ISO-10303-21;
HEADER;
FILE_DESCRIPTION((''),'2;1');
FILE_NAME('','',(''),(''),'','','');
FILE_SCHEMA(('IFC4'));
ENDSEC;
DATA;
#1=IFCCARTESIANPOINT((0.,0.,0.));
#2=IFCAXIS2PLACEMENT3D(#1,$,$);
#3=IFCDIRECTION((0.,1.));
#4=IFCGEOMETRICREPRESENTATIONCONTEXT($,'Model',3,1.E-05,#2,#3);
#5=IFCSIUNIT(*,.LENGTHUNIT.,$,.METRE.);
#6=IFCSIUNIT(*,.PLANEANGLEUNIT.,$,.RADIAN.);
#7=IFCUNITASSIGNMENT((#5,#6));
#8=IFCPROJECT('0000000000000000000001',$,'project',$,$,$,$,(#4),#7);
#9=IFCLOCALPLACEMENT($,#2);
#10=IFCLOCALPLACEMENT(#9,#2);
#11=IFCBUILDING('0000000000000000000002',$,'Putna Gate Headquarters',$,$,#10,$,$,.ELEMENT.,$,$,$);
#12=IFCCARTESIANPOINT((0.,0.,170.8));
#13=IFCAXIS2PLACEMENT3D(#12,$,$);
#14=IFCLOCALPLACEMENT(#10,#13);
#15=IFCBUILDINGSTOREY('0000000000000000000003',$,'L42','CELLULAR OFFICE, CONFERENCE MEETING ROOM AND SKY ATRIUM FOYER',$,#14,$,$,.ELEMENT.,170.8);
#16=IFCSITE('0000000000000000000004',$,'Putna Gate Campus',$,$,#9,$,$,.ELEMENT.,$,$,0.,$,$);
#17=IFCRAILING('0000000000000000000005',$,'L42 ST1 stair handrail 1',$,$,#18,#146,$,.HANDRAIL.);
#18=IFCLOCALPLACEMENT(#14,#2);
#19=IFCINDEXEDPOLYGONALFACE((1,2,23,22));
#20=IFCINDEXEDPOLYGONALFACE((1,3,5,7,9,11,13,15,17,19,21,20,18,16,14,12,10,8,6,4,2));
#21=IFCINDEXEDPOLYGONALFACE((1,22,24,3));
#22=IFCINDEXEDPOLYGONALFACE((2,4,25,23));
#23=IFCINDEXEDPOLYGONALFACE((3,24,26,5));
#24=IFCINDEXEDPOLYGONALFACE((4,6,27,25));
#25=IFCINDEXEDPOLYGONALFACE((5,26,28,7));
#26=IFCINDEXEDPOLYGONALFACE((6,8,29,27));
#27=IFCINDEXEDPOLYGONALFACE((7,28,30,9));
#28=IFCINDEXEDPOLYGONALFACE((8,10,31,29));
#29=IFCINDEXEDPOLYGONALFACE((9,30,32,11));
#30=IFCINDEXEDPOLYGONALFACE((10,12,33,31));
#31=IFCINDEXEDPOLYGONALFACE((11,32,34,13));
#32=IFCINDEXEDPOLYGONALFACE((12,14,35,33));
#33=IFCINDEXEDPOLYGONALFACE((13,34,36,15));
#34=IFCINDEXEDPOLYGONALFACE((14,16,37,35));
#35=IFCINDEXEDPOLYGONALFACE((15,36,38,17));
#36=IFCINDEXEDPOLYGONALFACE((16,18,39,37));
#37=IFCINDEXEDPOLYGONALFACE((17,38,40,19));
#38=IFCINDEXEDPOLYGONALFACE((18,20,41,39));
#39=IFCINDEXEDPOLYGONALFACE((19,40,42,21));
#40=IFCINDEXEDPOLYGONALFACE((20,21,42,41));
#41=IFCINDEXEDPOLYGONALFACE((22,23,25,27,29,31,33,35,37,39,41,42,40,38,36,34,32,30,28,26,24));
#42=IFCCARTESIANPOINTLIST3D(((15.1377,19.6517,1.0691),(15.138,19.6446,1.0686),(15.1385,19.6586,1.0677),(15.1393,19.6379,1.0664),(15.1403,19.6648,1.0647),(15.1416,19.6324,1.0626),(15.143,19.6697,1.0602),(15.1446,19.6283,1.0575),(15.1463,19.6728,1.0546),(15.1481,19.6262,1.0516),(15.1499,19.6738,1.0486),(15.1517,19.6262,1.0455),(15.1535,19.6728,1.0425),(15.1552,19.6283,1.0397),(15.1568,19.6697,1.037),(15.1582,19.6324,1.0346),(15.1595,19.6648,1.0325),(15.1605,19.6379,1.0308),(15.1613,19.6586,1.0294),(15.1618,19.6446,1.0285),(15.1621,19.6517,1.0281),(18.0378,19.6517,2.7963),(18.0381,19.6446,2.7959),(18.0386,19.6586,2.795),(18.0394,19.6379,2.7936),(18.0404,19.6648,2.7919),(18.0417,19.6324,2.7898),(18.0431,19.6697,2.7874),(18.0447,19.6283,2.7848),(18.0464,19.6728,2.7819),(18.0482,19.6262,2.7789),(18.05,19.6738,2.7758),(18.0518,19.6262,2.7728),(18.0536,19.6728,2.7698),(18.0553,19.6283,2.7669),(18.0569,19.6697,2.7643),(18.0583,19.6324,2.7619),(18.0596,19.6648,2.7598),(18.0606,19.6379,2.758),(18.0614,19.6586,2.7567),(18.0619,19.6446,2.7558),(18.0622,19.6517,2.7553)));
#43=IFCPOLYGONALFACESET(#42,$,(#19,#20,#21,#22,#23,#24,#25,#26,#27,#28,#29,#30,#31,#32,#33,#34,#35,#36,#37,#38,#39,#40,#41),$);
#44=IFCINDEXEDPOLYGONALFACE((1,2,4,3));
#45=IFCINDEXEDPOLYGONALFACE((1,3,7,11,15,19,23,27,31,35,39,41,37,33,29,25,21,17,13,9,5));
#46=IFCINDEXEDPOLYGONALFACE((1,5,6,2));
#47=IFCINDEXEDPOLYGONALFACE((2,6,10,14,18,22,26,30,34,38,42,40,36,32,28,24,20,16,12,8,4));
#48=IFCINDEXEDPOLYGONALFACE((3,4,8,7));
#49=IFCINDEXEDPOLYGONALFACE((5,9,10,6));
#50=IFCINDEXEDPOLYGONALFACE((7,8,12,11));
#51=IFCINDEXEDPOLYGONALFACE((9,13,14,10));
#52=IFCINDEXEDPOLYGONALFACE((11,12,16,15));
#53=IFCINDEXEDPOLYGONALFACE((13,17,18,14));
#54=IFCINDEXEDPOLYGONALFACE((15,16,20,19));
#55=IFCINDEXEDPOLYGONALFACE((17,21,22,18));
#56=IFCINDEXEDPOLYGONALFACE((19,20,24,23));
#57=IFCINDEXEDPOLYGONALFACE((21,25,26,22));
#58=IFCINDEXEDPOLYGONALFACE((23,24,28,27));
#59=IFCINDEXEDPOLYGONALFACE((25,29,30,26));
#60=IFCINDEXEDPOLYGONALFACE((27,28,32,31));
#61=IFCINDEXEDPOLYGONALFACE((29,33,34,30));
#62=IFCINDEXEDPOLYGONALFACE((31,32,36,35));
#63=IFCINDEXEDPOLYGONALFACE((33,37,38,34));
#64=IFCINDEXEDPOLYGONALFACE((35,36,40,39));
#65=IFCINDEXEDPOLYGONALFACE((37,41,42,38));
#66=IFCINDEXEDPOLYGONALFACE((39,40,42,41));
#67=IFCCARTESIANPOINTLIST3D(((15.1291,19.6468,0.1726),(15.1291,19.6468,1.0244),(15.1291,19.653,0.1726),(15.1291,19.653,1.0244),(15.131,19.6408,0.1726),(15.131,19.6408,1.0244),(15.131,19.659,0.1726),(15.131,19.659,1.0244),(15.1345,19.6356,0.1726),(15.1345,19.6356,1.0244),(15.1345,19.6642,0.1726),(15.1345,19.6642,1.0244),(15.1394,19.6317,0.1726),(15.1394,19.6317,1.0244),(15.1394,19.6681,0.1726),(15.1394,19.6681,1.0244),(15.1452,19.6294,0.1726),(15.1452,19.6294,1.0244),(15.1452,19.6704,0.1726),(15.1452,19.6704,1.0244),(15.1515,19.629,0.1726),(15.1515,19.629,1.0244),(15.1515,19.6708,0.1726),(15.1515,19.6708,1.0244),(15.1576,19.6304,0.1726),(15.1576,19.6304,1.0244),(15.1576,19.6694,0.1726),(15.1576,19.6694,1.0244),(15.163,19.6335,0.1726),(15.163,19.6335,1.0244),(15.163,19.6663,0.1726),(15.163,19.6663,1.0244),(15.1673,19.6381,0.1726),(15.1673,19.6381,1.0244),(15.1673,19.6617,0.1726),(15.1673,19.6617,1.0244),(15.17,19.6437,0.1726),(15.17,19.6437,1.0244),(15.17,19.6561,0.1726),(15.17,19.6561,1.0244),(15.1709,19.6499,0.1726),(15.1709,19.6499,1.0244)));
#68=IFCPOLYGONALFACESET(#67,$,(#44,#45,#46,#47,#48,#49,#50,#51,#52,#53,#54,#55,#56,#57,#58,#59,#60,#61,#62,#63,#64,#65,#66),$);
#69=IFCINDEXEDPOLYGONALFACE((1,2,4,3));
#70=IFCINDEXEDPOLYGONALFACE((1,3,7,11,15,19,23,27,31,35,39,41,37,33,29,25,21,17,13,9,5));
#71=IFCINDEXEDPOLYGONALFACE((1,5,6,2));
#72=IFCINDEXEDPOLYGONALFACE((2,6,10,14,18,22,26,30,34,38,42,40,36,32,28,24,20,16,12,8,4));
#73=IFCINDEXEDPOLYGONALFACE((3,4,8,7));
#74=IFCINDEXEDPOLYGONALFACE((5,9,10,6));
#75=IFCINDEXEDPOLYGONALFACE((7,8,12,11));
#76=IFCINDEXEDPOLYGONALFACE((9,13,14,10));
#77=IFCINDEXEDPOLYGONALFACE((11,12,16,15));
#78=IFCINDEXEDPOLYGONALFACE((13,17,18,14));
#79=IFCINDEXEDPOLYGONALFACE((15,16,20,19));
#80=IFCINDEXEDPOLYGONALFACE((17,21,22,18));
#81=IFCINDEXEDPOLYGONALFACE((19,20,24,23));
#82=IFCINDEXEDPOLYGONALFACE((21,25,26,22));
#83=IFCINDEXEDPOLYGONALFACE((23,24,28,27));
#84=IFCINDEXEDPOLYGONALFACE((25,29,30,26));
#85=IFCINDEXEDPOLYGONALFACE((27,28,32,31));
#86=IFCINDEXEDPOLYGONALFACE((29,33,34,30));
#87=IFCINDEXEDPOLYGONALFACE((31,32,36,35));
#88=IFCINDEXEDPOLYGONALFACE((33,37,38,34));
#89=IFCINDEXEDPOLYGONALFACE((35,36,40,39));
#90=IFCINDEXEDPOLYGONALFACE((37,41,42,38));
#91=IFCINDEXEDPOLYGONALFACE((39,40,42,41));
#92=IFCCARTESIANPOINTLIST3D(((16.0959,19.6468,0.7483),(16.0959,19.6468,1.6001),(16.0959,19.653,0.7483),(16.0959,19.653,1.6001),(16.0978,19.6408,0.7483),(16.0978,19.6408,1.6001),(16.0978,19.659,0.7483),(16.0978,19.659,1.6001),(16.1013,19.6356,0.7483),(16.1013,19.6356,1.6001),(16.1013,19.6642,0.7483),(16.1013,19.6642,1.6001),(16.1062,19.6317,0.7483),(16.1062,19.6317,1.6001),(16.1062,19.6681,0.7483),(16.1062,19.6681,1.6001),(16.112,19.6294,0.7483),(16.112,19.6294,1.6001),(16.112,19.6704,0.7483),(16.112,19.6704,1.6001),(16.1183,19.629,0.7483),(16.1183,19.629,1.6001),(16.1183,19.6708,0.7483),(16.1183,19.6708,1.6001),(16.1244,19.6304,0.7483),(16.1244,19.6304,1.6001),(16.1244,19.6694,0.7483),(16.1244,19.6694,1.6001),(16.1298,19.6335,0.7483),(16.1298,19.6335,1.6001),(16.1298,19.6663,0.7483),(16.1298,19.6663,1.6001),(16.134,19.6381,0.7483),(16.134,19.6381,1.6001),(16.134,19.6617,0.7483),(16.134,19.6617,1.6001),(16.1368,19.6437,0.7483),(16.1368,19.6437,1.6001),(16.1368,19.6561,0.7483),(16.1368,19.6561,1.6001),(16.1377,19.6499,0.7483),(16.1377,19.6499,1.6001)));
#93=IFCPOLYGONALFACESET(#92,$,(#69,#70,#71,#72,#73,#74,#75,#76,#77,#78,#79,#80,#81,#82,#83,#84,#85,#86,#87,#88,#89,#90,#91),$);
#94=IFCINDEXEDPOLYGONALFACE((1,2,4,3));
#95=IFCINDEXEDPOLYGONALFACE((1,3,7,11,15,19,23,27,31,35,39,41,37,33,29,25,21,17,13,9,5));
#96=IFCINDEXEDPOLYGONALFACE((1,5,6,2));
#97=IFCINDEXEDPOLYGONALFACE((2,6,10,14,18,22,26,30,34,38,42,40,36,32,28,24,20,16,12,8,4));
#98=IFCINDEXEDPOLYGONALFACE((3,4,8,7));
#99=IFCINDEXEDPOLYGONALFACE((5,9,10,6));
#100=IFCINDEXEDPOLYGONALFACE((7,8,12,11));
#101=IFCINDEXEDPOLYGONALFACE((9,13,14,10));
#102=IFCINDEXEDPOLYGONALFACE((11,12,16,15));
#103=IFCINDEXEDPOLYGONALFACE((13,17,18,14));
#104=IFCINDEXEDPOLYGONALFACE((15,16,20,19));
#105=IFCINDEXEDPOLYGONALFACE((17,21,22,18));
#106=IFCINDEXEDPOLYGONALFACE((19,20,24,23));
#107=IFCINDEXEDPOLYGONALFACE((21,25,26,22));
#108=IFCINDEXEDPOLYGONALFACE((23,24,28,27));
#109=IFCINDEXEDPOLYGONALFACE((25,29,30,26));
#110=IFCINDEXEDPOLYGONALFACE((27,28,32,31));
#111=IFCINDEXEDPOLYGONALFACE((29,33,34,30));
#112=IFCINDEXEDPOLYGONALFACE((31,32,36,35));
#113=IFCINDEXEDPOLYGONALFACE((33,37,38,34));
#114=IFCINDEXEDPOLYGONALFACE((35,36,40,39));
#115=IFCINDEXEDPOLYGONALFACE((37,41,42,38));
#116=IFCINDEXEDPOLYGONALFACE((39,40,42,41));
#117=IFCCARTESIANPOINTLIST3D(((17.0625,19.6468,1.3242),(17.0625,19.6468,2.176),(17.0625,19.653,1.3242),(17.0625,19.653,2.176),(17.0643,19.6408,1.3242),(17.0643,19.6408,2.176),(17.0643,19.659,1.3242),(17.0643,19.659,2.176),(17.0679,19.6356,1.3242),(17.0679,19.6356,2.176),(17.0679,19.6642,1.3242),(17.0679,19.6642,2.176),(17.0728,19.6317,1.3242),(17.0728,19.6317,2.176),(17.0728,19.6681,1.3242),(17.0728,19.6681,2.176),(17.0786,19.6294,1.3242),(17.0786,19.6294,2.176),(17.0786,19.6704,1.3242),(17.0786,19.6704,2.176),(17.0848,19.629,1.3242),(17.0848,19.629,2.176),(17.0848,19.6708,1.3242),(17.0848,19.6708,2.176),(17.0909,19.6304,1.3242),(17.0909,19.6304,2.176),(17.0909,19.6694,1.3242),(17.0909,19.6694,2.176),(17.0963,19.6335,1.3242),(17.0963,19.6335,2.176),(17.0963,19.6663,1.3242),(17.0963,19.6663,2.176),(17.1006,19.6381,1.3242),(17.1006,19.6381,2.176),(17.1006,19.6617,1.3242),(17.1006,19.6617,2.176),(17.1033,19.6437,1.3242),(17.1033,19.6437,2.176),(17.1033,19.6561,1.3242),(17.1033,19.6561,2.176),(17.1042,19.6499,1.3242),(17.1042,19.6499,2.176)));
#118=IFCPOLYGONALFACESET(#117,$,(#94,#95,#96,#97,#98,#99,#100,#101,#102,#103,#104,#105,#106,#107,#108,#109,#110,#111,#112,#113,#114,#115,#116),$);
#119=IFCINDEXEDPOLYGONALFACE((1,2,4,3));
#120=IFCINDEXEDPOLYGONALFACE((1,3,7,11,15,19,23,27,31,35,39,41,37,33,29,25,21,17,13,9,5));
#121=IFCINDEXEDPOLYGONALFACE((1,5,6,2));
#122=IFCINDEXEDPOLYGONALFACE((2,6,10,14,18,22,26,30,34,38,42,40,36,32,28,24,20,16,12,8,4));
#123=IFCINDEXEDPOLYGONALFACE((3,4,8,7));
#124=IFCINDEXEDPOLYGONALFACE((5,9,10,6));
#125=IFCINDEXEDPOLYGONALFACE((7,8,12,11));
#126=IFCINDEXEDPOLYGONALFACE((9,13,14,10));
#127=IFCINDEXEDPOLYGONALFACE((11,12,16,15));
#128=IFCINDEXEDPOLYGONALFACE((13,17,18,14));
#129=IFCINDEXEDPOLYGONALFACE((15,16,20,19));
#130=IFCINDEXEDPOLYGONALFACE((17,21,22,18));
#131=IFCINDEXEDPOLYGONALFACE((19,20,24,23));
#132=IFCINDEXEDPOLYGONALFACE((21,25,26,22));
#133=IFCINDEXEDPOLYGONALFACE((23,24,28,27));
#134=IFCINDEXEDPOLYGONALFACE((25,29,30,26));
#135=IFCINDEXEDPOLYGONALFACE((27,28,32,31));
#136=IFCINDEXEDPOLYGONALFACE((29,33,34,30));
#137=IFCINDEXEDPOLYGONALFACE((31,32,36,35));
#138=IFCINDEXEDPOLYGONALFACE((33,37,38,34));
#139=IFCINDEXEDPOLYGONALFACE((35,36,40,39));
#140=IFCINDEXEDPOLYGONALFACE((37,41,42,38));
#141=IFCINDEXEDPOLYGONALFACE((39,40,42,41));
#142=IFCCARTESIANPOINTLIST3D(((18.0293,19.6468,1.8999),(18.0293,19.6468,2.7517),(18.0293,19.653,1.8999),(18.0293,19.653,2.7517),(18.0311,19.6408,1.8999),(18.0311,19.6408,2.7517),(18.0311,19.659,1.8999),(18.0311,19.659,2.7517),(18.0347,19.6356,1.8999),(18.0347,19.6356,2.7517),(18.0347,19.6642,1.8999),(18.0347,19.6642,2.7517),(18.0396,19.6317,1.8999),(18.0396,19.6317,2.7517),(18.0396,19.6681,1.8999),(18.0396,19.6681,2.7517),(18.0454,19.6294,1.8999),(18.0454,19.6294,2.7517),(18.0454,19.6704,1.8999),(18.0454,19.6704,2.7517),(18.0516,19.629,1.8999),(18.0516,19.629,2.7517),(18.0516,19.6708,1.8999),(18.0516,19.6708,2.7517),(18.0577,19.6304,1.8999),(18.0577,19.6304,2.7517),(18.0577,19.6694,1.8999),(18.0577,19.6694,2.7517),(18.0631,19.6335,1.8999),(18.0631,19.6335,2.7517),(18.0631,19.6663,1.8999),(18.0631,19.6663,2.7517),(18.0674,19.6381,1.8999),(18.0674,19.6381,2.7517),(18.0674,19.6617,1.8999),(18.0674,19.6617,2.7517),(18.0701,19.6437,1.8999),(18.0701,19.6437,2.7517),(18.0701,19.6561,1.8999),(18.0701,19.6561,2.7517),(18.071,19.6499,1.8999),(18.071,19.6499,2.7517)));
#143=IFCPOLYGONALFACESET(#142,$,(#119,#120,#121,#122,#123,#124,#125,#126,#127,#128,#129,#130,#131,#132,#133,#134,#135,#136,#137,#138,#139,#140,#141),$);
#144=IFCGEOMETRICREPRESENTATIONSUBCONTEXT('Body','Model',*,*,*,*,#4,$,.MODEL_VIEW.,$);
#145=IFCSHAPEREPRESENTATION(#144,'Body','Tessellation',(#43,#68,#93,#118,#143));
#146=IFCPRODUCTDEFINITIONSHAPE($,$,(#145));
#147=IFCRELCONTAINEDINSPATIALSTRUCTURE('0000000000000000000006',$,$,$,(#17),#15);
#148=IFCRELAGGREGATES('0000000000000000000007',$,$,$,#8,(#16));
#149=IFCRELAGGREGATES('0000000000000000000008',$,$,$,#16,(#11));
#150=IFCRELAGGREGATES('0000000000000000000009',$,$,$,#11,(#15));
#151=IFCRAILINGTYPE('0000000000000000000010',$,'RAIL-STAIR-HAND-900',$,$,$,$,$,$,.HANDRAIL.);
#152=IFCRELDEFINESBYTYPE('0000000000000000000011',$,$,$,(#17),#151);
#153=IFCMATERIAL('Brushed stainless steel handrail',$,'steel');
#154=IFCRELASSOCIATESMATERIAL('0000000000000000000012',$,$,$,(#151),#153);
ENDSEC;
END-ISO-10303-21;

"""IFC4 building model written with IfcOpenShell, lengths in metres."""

from ifc_helpers import new_model, si_unit, direction, frame, origin, origin_2d, place, context, subcontext, project, spatial, circle, extrude, material, type_object, element, save


model = new_model("IFC4")

# Units and contexts
model_context = context("Model", 3, precision=1e-05, world=origin(), true_north=direction((0.0, 1.0)))
body_context = subcontext(model_context, "Body", "Model", "MODEL_VIEW")
ifc_project = project(units=[si_unit("LENGTHUNIT", "METRE"), si_unit("PLANEANGLEUNIT", "RADIAN")], contexts=[model_context])

# Site, building, storey
site_placement = place(None, origin())
site = spatial("IfcSite", under=ifc_project, at=site_placement, Name="Putna Gate Campus", CompositionType="ELEMENT", RefElevation=0.0)
building_placement = place(site_placement, origin())
building = spatial("IfcBuilding", under=site, at=building_placement, Name="Putna Gate Headquarters", CompositionType="ELEMENT")
storey_placement = place(building_placement, frame((0.0, 0.0, 170.8)))
storey = spatial("IfcBuildingStorey", under=building, at=storey_placement, Name="L42", Description="CELLULAR OFFICE, CONFERENCE MEETING ROOM AND SKY ATRIUM FOYER", CompositionType="ELEMENT", Elevation=170.8)

# Railing
ifc_material_1 = material(Name="Brushed stainless steel handrail", Category="steel")
railing_type_1 = type_object("IfcRailingType", Name="RAIL-STAIR-HAND-900", PredefinedType="HANDRAIL", material=ifc_material_1)
railing_1_placement = place(storey_placement, frame((15.1499, 19.6499, 0.1726)))
element("IfcRailing", 1, at=railing_1_placement, inside=storey, type_object=railing_type_1, Name="L42 ST1 stair handrail 1", PredefinedType="HANDRAIL", context=body_context, shape_type="SweptSolid", body=[
    extrude(circle(Radius=0.0239, at=origin_2d()), frame((0.0, 0.0, 0.876), z_axis=(0.85916, 0.0, 0.511706), x_axis=(0.0, 1.0, 0.0)), (0.0, 0.0, 1.0), 3.3755),
    extrude(circle(Radius=0.021, at=origin_2d()), origin(), (0.0, 0.0, 1.0), 0.8518),
    extrude(circle(Radius=0.021, at=origin_2d()), frame((0.9668, 0.0, 0.5757)), (0.0, 0.0, 1.0), 0.8518),
    extrude(circle(Radius=0.021, at=origin_2d()), frame((1.9333, 0.0, 1.1516)), (0.0, 0.0, 1.0), 0.8518),
    extrude(circle(Radius=0.021, at=origin_2d()), frame((2.9001, 0.0, 1.7273)), (0.0, 0.0, 1.0), 0.8518),
])

save(model, "model.ifc")
